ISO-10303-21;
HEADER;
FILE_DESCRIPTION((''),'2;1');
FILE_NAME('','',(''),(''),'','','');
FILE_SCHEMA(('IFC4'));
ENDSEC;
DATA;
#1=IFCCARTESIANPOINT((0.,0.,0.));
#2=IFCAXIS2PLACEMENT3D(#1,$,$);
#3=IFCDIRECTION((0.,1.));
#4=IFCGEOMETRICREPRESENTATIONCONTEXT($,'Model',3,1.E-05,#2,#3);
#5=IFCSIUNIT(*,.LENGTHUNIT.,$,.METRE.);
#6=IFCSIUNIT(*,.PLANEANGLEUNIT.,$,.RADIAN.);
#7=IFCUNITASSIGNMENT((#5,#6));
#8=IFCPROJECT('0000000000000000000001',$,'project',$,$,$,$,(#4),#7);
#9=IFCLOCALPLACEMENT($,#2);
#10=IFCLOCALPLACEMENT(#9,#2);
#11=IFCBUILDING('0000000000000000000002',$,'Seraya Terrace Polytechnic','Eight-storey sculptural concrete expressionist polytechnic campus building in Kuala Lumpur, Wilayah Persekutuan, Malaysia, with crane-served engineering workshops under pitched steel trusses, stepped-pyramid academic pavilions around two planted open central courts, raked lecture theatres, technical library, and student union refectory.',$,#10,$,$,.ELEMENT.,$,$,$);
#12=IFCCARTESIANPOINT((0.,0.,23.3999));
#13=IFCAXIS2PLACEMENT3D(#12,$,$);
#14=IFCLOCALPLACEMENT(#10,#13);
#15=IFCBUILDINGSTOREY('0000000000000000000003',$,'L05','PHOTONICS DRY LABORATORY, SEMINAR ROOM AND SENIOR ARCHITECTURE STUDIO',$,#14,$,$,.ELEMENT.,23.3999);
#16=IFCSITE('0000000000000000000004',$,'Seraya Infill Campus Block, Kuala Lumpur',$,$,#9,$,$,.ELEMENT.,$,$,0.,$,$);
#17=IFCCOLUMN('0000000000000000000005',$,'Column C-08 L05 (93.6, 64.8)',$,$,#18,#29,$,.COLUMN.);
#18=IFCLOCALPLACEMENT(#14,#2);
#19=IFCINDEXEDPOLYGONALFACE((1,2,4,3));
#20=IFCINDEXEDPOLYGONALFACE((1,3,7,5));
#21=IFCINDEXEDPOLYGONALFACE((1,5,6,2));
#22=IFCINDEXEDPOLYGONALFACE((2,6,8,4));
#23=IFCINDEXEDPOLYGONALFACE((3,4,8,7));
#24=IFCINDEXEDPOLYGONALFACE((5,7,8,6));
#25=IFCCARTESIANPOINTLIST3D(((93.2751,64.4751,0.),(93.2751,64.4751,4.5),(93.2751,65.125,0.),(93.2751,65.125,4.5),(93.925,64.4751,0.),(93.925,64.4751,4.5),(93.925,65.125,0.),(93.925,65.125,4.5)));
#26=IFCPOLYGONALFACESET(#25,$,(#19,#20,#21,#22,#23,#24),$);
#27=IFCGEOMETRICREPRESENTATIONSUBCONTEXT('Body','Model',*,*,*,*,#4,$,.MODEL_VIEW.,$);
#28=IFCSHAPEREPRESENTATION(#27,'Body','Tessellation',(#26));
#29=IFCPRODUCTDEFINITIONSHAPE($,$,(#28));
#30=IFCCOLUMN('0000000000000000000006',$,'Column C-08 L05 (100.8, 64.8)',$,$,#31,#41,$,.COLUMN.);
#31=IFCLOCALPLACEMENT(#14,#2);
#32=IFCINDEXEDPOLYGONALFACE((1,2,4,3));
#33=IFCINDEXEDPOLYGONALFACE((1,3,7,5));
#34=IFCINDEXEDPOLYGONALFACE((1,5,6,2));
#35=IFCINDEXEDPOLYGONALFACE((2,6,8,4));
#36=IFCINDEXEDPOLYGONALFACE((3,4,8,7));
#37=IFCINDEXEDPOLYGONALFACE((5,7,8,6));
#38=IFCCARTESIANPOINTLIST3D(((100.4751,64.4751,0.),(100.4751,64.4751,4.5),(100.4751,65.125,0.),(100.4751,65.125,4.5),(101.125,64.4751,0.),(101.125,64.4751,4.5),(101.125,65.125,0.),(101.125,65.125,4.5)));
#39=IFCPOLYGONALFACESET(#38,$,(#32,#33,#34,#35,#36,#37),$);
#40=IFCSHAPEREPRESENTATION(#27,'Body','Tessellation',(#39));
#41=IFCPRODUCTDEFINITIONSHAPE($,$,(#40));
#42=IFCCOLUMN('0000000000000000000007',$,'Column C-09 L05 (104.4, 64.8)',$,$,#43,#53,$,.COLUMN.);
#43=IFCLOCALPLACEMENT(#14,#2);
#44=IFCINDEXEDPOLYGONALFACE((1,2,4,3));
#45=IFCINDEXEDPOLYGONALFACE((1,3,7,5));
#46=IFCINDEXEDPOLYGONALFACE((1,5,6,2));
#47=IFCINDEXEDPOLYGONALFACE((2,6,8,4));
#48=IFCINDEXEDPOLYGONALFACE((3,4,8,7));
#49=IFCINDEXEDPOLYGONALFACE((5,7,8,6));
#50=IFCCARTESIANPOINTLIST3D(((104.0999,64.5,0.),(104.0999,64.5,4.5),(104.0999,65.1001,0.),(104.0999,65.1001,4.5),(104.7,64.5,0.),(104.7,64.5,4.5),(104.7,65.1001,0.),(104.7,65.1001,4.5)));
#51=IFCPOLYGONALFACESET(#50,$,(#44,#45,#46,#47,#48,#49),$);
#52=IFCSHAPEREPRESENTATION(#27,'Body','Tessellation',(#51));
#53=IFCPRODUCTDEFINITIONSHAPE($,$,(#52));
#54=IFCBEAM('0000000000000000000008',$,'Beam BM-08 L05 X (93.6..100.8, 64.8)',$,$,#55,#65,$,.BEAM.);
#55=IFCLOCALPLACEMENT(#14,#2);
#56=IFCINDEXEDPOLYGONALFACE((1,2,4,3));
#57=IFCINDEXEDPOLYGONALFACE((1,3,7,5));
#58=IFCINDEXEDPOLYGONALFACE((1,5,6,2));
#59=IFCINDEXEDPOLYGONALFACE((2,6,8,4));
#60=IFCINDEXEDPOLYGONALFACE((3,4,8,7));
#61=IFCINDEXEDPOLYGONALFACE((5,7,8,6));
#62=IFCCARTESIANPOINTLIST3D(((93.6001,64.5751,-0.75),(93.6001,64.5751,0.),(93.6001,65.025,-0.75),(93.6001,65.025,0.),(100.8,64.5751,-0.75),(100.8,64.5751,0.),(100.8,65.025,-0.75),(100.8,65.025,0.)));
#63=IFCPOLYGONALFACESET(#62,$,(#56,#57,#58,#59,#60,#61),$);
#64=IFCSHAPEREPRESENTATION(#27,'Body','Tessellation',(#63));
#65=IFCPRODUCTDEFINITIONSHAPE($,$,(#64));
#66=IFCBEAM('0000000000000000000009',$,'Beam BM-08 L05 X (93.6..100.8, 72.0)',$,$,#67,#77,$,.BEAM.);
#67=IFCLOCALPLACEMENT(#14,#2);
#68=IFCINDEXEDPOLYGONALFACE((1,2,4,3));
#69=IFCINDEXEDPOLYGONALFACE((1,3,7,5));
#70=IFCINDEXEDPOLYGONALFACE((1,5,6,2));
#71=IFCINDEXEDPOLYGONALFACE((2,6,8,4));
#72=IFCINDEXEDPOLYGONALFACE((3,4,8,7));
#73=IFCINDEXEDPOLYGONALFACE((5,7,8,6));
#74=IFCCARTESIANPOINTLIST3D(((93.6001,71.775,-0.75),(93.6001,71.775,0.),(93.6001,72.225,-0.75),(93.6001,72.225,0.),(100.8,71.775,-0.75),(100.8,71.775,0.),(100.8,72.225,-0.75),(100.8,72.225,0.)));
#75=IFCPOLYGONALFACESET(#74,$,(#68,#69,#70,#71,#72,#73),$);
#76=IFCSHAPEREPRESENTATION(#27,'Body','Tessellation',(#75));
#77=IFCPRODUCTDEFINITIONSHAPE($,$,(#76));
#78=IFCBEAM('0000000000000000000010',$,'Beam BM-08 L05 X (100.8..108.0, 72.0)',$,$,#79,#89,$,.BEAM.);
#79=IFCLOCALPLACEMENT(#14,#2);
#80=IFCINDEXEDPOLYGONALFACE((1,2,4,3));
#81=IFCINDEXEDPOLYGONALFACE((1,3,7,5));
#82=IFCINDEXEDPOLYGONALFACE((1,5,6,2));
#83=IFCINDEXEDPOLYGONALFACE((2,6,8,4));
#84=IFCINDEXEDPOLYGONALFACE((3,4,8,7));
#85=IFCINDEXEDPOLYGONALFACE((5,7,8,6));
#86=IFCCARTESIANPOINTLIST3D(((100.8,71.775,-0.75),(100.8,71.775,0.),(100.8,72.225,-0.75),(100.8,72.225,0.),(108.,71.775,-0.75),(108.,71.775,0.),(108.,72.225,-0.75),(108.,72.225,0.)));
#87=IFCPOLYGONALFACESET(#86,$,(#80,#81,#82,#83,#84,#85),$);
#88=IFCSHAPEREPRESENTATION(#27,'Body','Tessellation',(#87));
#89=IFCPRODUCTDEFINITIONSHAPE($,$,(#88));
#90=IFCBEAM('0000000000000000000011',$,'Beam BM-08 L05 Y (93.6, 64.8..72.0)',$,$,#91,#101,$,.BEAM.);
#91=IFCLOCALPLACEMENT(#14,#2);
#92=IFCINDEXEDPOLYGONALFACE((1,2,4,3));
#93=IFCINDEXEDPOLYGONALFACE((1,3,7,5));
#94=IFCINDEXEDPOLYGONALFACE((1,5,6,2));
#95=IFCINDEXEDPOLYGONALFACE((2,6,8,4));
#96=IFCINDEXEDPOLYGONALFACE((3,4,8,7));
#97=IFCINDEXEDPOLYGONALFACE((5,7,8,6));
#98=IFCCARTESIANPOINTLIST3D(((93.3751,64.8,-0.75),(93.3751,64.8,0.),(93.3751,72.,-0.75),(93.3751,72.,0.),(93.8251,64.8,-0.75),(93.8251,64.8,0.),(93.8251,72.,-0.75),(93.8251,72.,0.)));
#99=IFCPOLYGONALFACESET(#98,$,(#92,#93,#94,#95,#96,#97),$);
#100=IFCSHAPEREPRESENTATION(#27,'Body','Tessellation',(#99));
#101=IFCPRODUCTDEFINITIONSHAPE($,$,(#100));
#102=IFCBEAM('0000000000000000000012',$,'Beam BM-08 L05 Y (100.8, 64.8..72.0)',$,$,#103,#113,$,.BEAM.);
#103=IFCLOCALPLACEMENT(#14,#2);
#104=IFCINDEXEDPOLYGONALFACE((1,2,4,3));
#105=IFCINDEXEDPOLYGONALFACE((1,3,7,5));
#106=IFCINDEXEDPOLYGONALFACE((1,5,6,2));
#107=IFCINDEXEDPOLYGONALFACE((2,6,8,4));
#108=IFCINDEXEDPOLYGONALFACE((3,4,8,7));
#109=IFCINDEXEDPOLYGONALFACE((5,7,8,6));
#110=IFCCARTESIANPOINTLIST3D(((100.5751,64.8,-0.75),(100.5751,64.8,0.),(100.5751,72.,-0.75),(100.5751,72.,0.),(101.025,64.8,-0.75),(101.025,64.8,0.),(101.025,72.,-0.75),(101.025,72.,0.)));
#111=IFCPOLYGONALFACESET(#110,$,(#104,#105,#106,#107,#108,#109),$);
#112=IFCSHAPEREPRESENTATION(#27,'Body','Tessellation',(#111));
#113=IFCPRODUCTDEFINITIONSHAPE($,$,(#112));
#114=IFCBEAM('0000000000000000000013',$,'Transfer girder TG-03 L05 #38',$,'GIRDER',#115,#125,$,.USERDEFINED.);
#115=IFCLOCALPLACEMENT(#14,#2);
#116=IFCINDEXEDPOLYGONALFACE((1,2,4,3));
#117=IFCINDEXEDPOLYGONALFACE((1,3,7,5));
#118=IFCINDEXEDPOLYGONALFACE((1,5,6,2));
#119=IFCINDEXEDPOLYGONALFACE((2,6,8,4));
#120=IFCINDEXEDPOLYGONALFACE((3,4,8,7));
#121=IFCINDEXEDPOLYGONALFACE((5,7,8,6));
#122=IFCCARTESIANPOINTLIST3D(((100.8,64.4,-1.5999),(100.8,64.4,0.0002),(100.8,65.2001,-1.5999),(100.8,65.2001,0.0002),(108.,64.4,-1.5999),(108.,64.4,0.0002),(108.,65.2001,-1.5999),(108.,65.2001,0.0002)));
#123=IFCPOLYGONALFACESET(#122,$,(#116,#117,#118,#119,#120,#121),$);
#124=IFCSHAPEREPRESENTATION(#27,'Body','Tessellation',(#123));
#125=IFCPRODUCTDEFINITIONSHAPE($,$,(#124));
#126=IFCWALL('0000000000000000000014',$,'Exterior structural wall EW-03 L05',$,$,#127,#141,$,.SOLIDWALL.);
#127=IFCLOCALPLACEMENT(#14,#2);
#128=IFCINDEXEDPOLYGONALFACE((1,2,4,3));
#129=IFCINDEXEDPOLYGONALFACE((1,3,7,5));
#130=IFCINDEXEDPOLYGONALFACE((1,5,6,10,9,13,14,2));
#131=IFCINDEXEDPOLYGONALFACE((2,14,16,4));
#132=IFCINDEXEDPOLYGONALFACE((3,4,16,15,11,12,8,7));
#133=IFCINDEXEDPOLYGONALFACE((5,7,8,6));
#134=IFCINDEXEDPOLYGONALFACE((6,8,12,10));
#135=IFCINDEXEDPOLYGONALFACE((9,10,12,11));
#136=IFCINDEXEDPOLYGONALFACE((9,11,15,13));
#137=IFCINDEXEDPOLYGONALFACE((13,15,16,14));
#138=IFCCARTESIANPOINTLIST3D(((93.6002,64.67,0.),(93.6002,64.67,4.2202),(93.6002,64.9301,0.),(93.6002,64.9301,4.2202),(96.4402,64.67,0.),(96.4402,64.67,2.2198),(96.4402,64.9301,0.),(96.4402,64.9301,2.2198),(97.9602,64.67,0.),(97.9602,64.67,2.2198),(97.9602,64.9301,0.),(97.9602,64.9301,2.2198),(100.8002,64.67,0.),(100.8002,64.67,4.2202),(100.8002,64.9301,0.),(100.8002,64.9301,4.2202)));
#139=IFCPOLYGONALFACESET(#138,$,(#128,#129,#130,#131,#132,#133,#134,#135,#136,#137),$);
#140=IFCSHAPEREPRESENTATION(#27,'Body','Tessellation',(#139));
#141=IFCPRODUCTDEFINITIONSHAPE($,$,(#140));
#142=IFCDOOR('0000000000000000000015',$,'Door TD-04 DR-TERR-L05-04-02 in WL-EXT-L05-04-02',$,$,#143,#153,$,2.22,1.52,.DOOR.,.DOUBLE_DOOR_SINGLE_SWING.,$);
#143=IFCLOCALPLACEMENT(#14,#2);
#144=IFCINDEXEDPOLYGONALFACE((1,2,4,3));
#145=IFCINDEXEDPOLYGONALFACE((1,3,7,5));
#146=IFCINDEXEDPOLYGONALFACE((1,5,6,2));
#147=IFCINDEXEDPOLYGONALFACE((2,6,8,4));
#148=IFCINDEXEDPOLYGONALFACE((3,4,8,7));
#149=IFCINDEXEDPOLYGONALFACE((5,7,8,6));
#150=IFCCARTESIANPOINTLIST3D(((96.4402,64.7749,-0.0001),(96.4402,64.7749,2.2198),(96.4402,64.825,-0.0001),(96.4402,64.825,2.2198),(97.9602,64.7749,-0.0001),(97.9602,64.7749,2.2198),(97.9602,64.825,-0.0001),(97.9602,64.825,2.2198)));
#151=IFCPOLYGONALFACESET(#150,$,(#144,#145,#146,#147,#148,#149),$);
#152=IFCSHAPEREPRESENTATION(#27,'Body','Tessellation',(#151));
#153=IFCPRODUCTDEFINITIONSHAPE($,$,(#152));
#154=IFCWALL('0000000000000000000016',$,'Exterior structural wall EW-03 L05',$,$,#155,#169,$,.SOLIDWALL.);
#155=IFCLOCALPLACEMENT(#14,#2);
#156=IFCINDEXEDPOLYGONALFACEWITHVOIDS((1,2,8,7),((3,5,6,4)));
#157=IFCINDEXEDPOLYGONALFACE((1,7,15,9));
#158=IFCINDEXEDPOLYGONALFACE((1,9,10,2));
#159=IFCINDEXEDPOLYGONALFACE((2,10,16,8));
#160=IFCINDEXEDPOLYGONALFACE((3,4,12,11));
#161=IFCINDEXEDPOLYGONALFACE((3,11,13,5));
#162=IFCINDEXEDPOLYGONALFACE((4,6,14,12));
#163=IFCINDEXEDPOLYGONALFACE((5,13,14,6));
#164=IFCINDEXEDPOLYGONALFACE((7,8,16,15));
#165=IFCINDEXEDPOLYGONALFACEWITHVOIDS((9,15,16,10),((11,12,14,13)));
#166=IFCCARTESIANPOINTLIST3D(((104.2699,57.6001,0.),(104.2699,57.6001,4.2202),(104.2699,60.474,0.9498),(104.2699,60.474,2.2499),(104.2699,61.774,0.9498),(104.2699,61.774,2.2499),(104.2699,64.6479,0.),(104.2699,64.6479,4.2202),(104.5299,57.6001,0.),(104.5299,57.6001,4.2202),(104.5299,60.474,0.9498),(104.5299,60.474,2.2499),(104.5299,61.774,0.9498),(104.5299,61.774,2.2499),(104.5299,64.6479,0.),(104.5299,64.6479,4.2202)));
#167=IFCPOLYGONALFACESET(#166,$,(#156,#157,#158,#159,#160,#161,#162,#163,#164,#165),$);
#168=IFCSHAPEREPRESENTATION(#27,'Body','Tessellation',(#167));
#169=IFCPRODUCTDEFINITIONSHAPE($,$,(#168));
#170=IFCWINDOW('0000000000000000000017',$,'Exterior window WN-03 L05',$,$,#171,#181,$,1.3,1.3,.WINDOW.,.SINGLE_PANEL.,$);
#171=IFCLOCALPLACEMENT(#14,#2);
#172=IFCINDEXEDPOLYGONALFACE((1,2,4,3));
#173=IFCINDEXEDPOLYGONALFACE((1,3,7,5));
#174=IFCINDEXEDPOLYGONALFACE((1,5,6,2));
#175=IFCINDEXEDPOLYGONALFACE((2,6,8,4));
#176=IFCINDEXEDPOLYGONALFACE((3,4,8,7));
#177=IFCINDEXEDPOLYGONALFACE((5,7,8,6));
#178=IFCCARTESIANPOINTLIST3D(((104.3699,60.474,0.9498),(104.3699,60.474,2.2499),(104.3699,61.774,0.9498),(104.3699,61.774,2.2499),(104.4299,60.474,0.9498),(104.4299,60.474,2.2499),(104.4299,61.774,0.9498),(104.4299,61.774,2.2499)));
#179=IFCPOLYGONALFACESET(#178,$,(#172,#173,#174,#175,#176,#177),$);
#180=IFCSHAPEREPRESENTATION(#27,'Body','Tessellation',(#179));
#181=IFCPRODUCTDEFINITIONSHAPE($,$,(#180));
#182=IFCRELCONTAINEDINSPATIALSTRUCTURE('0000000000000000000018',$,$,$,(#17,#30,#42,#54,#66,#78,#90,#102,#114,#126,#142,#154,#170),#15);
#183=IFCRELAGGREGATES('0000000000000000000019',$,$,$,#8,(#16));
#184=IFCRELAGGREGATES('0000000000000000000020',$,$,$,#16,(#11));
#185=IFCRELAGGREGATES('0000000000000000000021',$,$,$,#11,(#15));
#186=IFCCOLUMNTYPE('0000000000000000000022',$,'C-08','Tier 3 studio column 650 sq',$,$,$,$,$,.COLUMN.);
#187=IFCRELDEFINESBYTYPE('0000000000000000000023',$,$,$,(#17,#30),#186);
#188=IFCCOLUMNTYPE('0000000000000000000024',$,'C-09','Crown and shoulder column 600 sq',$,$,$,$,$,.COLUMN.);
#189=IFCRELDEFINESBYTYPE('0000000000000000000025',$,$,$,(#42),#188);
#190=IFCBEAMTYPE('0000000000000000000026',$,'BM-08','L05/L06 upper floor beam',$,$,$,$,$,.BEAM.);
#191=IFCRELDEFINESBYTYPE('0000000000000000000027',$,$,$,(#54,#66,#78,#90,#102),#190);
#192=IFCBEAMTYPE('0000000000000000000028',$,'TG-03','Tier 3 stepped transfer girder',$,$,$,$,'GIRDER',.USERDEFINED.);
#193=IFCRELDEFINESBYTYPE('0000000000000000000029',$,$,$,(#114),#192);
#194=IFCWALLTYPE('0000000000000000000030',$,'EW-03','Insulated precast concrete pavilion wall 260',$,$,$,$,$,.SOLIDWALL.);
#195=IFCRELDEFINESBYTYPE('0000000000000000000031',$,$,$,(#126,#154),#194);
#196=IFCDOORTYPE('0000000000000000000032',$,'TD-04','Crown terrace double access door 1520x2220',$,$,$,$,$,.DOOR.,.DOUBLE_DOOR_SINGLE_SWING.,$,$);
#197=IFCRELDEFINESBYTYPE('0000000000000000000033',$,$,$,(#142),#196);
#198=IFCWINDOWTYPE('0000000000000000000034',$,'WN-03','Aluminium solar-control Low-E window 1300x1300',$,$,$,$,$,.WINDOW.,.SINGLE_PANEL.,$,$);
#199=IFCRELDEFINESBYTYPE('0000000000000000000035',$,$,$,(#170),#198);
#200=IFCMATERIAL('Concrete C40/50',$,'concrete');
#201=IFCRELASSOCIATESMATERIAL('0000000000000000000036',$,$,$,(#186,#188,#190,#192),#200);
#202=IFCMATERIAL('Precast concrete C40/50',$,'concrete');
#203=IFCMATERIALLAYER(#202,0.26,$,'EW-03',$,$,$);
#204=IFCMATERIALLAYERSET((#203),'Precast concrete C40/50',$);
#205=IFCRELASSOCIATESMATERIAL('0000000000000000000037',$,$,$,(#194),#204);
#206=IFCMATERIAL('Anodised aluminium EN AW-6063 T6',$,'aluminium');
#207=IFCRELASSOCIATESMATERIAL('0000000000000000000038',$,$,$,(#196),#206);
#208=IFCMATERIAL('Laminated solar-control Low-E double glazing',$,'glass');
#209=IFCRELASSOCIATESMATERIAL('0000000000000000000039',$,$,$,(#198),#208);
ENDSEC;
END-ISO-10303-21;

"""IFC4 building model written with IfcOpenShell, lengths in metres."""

from ifc_helpers import new_model, si_unit, direction, frame, frame_2d, origin, origin_2d, place, context, subcontext, project, spatial, rectangle, extrude, material, layer, layer_set, material_profile, profile_set, type_object, element, fill, save


model = new_model("IFC4")

# Units and contexts
model_context = context("Model", 3, precision=1e-05, world=origin(), true_north=direction((0.0, 1.0)))
body_context = subcontext(model_context, "Body", "Model", "MODEL_VIEW")
ifc_project = project(units=[si_unit("LENGTHUNIT", "METRE"), si_unit("PLANEANGLEUNIT", "RADIAN")], contexts=[model_context])

# Site, building, storey
site_placement = place(None, origin())
site = spatial("IfcSite", under=ifc_project, at=site_placement, Name="Seraya Infill Campus Block, Kuala Lumpur", CompositionType="ELEMENT", RefElevation=0.0)
building_placement = place(site_placement, origin())
building = spatial("IfcBuilding", under=site, at=building_placement, Name="Seraya Terrace Polytechnic", Description="Eight-storey sculptural concrete expressionist polytechnic campus building in Kuala Lumpur, Wilayah Persekutuan, Malaysia, with crane-served engineering workshops under pitched steel trusses, stepped-pyramid academic pavilions around two planted open central courts, raked lecture theatres, technical library, and student union refectory.", CompositionType="ELEMENT")
storey_placement = place(building_placement, frame((0.0, 0.0, 23.3999)))
storey = spatial("IfcBuildingStorey", under=building, at=storey_placement, Name="L05", Description="PHOTONICS DRY LABORATORY, SEMINAR ROOM AND SENIOR ARCHITECTURE STUDIO", CompositionType="ELEMENT", Elevation=23.3999)

# Columns
ifc_material_1 = material(Name="Concrete C40/50", Category="concrete")
ifc_material_profile_1 = material_profile(ifc_material_1, rectangle(XDim=0.6499, YDim=0.6499, at=origin_2d()), Name="RC 650x650")
ifc_profile_set_1 = profile_set([ifc_material_profile_1], Name="Concrete C40/50")
column_type_1 = type_object("IfcColumnType", Name="C-08", Description="Tier 3 studio column 650 sq", PredefinedType="COLUMN", material=ifc_profile_set_1)
for number, where, z_axis, x_axis, name in (
    (1, (93.6001, 64.8, 0.0), (0.0, 0.0, 1.0), (1.0, 0.0, 0.0), "Column C-08 L05 (93.6, 64.8)"),
    (2, (100.8, 64.8, 0.0), (0.0, 0.0, 1.0), (1.0, 0.0, 0.0), "Column C-08 L05 (100.8, 64.8)"),
):
    element("IfcColumn", number, at=place(storey_placement, frame(where, z_axis=z_axis, x_axis=x_axis)), inside=storey, type_object=column_type_1, Name=name, PredefinedType="COLUMN", context=body_context, shape_type="SweptSolid", body=[
        extrude(rectangle(XDim=0.6499, YDim=0.6499, at=origin_2d()), origin(), (0.0, 0.0, 1.0), 4.5),
    ])
ifc_material_profile_2 = material_profile(ifc_material_1, rectangle(XDim=0.6001, YDim=0.6001, at=origin_2d()), Name="RC 600x600")
ifc_profile_set_2 = profile_set([ifc_material_profile_2], Name="Concrete C40/50")
column_type_2 = type_object("IfcColumnType", Name="C-09", Description="Crown and shoulder column 600 sq", PredefinedType="COLUMN", material=ifc_profile_set_2)
column_placement = place(storey_placement, frame((104.3999, 64.8, 0.0), z_axis=(0.0, 0.0, 1.0), x_axis=(1.0, 0.0, 0.0)))
element("IfcColumn", 3, at=column_placement, inside=storey, type_object=column_type_2, Name="Column C-09 L05 (104.4, 64.8)", PredefinedType="COLUMN", context=body_context, shape_type="SweptSolid", body=[
    extrude(rectangle(XDim=0.6001, YDim=0.6001, at=origin_2d()), origin(), (0.0, 0.0, 1.0), 4.5),
])

# Beams
ifc_material_profile_3 = material_profile(ifc_material_1, rectangle(XDim=0.45, YDim=0.75, at=origin_2d()), Name="RC 450x750")
ifc_profile_set_3 = profile_set([ifc_material_profile_3], Name="Concrete C40/50")
beam_type_1 = type_object("IfcBeamType", Name="BM-08", Description="L05/L06 upper floor beam", PredefinedType="BEAM", material=ifc_profile_set_3)
for number, where, z_axis, x_axis, name in (
    (4, (93.6001, 64.8, -0.375), (1.0, 0.0, 0.0), (0.0, 1.0, 0.0), "Beam BM-08 L05 X (93.6..100.8, 64.8)"),
    (5, (93.6001, 72.0, -0.375), (1.0, 0.0, 0.0), (0.0, 1.0, 0.0), "Beam BM-08 L05 X (93.6..100.8, 72.0)"),
    (6, (100.8, 72.0, -0.375), (1.0, 0.0, 0.0), (0.0, 1.0, 0.0), "Beam BM-08 L05 X (100.8..108.0, 72.0)"),
    (7, (93.6001, 64.8, -0.375), (0.0, 1.0, 0.0), (-1.0, 0.0, 0.0), "Beam BM-08 L05 Y (93.6, 64.8..72.0)"),
    (8, (100.8, 64.8, -0.375), (0.0, 1.0, 0.0), (-1.0, 0.0, 0.0), "Beam BM-08 L05 Y (100.8, 64.8..72.0)"),
):
    element("IfcBeam", number, at=place(storey_placement, frame(where, z_axis=z_axis, x_axis=x_axis)), inside=storey, type_object=beam_type_1, Name=name, PredefinedType="BEAM", context=body_context, shape_type="SweptSolid", body=[
        extrude(rectangle(XDim=0.45, YDim=0.75, at=origin_2d()), origin(), (0.0, 0.0, 1.0), 7.2),
    ])
ifc_material_profile_4 = material_profile(ifc_material_1, rectangle(XDim=0.8, YDim=1.6001, at=origin_2d()), Name="RC 800x1600")
ifc_profile_set_4 = profile_set([ifc_material_profile_4], Name="Concrete C40/50")
beam_type_2 = type_object("IfcBeamType", Name="TG-03", Description="Tier 3 stepped transfer girder", ElementType="GIRDER", PredefinedType="USERDEFINED", material=ifc_profile_set_4)
beam_placement = place(storey_placement, frame((100.8, 64.8, -0.7998), z_axis=(1.0, 0.0, 0.0), x_axis=(0.0, 1.0, 0.0)))
element("IfcBeam", 9, at=beam_placement, inside=storey, type_object=beam_type_2, Name="Transfer girder TG-03 L05 #38", ObjectType="GIRDER", PredefinedType="USERDEFINED", context=body_context, shape_type="SweptSolid", body=[
    extrude(rectangle(XDim=0.8, YDim=1.6001, at=origin_2d()), origin(), (0.0, 0.0, 1.0), 7.2),
])

# Wall, opening, door
ifc_material_2 = material(Name="Precast concrete C40/50", Category="concrete")
ifc_layer = layer(ifc_material_2, 0.26, Name="EW-03")
ifc_layer_set = layer_set([ifc_layer], Name="Precast concrete C40/50")
wall_type = type_object("IfcWallType", Name="EW-03", Description="Insulated precast concrete pavilion wall 260", PredefinedType="SOLIDWALL", material=ifc_layer_set)
wall_1_placement = place(storey_placement, frame((93.6001, 64.8, 0.0), z_axis=(0.0, 0.0, 1.0), x_axis=(1.0, 0.0, 0.0)))
wall_1 = element("IfcWall", 10, at=wall_1_placement, inside=storey, type_object=wall_type, Name="Exterior structural wall EW-03 L05", PredefinedType="SOLIDWALL", context=body_context, shape_type="SweptSolid", body=[
    extrude(rectangle(XDim=7.2, YDim=0.26, at=frame_2d((3.6001, 0.0))), origin(), (0.0, 0.0, 1.0), 4.2202),
])
opening_1_placement = place(wall_1_placement, frame((2.8401, 0.0, 0.0)))
opening_1 = element("IfcOpeningElement", 11, at=opening_1_placement, cuts=wall_1, PredefinedType="OPENING", context=body_context, shape_type="SweptSolid", body=[
    extrude(rectangle(XDim=1.52, YDim=2.22, at=frame_2d((0.76, 1.1099))), frame((0.0, 0.1421, 0.0), z_axis=(0.0, -1.0, 0.0), x_axis=(1.0, 0.0, 0.0)), (0.0, 0.0, 1.0), 0.2839),
])
ifc_material_3 = material(Name="Anodised aluminium EN AW-6063 T6", Category="aluminium")
door_type_1 = type_object("IfcDoorType", Name="TD-04", Description="Crown terrace double access door 1520x2220", OperationType="DOUBLE_DOOR_SINGLE_SWING", PredefinedType="DOOR", material=ifc_material_3)
door_1_placement = place(opening_1_placement, origin())
door_1 = element("IfcDoor", 12, at=door_1_placement, inside=storey, type_object=door_type_1, Name="Door TD-04 DR-TERR-L05-04-02 in WL-EXT-L05-04-02", OperationType="DOUBLE_DOOR_SINGLE_SWING", OverallHeight=2.22, OverallWidth=1.52, PredefinedType="DOOR", context=body_context, shape_type="SweptSolid", body=[
    extrude(rectangle(XDim=1.52, YDim=2.22, at=frame_2d((0.76, 1.1099))), frame((0.0, 0.0249, 0.0), z_axis=(0.0, -1.0, 0.0), x_axis=(1.0, 0.0, 0.0)), (0.0, 0.0, 1.0), 0.05),
])
fill(opening_1, door_1)

# Wall, opening, window
wall_2_placement = place(storey_placement, frame((104.3999, 64.6479, 0.0), z_axis=(0.0, 0.0, 1.0), x_axis=(0.0, -1.0, 0.0)))
wall_2 = element("IfcWall", 13, at=wall_2_placement, inside=storey, type_object=wall_type, Name="Exterior structural wall EW-03 L05", PredefinedType="SOLIDWALL", context=body_context, shape_type="SweptSolid", body=[
    extrude(rectangle(XDim=7.0479, YDim=0.26, at=frame_2d((3.5239, 0.0))), origin(), (0.0, 0.0, 1.0), 4.2202),
])
opening_2_placement = place(wall_2_placement, frame((2.874, 0.0, 0.95)))
opening_2 = element("IfcOpeningElement", 14, at=opening_2_placement, cuts=wall_2, PredefinedType="OPENING", context=body_context, shape_type="SweptSolid", body=[
    extrude(rectangle(XDim=1.3, YDim=1.3, at=frame_2d((0.6499, 0.6499))), frame((0.0, 0.1421, 0.0), z_axis=(0.0, -1.0, 0.0), x_axis=(1.0, 0.0, 0.0)), (0.0, 0.0, 1.0), 0.2839),
])
ifc_material_4 = material(Name="Laminated solar-control Low-E double glazing", Category="glass")
window_type_1 = type_object("IfcWindowType", Name="WN-03", Description="Aluminium solar-control Low-E window 1300x1300", PartitioningType="SINGLE_PANEL", PredefinedType="WINDOW", material=ifc_material_4)
window_1_placement = place(opening_2_placement, origin())
window_1 = element("IfcWindow", 15, at=window_1_placement, inside=storey, type_object=window_type_1, Name="Exterior window WN-03 L05", OverallHeight=1.3, OverallWidth=1.3, PartitioningType="SINGLE_PANEL", PredefinedType="WINDOW", context=body_context, shape_type="SweptSolid", body=[
    extrude(rectangle(XDim=1.3, YDim=1.3, at=frame_2d((0.6499, 0.6499))), frame((0.0, 0.03, 0.0), z_axis=(0.0, -1.0, 0.0), x_axis=(1.0, 0.0, 0.0)), (0.0, 0.0, 1.0), 0.0601),
])
fill(opening_2, window_1)

save(model, "model.ifc")
